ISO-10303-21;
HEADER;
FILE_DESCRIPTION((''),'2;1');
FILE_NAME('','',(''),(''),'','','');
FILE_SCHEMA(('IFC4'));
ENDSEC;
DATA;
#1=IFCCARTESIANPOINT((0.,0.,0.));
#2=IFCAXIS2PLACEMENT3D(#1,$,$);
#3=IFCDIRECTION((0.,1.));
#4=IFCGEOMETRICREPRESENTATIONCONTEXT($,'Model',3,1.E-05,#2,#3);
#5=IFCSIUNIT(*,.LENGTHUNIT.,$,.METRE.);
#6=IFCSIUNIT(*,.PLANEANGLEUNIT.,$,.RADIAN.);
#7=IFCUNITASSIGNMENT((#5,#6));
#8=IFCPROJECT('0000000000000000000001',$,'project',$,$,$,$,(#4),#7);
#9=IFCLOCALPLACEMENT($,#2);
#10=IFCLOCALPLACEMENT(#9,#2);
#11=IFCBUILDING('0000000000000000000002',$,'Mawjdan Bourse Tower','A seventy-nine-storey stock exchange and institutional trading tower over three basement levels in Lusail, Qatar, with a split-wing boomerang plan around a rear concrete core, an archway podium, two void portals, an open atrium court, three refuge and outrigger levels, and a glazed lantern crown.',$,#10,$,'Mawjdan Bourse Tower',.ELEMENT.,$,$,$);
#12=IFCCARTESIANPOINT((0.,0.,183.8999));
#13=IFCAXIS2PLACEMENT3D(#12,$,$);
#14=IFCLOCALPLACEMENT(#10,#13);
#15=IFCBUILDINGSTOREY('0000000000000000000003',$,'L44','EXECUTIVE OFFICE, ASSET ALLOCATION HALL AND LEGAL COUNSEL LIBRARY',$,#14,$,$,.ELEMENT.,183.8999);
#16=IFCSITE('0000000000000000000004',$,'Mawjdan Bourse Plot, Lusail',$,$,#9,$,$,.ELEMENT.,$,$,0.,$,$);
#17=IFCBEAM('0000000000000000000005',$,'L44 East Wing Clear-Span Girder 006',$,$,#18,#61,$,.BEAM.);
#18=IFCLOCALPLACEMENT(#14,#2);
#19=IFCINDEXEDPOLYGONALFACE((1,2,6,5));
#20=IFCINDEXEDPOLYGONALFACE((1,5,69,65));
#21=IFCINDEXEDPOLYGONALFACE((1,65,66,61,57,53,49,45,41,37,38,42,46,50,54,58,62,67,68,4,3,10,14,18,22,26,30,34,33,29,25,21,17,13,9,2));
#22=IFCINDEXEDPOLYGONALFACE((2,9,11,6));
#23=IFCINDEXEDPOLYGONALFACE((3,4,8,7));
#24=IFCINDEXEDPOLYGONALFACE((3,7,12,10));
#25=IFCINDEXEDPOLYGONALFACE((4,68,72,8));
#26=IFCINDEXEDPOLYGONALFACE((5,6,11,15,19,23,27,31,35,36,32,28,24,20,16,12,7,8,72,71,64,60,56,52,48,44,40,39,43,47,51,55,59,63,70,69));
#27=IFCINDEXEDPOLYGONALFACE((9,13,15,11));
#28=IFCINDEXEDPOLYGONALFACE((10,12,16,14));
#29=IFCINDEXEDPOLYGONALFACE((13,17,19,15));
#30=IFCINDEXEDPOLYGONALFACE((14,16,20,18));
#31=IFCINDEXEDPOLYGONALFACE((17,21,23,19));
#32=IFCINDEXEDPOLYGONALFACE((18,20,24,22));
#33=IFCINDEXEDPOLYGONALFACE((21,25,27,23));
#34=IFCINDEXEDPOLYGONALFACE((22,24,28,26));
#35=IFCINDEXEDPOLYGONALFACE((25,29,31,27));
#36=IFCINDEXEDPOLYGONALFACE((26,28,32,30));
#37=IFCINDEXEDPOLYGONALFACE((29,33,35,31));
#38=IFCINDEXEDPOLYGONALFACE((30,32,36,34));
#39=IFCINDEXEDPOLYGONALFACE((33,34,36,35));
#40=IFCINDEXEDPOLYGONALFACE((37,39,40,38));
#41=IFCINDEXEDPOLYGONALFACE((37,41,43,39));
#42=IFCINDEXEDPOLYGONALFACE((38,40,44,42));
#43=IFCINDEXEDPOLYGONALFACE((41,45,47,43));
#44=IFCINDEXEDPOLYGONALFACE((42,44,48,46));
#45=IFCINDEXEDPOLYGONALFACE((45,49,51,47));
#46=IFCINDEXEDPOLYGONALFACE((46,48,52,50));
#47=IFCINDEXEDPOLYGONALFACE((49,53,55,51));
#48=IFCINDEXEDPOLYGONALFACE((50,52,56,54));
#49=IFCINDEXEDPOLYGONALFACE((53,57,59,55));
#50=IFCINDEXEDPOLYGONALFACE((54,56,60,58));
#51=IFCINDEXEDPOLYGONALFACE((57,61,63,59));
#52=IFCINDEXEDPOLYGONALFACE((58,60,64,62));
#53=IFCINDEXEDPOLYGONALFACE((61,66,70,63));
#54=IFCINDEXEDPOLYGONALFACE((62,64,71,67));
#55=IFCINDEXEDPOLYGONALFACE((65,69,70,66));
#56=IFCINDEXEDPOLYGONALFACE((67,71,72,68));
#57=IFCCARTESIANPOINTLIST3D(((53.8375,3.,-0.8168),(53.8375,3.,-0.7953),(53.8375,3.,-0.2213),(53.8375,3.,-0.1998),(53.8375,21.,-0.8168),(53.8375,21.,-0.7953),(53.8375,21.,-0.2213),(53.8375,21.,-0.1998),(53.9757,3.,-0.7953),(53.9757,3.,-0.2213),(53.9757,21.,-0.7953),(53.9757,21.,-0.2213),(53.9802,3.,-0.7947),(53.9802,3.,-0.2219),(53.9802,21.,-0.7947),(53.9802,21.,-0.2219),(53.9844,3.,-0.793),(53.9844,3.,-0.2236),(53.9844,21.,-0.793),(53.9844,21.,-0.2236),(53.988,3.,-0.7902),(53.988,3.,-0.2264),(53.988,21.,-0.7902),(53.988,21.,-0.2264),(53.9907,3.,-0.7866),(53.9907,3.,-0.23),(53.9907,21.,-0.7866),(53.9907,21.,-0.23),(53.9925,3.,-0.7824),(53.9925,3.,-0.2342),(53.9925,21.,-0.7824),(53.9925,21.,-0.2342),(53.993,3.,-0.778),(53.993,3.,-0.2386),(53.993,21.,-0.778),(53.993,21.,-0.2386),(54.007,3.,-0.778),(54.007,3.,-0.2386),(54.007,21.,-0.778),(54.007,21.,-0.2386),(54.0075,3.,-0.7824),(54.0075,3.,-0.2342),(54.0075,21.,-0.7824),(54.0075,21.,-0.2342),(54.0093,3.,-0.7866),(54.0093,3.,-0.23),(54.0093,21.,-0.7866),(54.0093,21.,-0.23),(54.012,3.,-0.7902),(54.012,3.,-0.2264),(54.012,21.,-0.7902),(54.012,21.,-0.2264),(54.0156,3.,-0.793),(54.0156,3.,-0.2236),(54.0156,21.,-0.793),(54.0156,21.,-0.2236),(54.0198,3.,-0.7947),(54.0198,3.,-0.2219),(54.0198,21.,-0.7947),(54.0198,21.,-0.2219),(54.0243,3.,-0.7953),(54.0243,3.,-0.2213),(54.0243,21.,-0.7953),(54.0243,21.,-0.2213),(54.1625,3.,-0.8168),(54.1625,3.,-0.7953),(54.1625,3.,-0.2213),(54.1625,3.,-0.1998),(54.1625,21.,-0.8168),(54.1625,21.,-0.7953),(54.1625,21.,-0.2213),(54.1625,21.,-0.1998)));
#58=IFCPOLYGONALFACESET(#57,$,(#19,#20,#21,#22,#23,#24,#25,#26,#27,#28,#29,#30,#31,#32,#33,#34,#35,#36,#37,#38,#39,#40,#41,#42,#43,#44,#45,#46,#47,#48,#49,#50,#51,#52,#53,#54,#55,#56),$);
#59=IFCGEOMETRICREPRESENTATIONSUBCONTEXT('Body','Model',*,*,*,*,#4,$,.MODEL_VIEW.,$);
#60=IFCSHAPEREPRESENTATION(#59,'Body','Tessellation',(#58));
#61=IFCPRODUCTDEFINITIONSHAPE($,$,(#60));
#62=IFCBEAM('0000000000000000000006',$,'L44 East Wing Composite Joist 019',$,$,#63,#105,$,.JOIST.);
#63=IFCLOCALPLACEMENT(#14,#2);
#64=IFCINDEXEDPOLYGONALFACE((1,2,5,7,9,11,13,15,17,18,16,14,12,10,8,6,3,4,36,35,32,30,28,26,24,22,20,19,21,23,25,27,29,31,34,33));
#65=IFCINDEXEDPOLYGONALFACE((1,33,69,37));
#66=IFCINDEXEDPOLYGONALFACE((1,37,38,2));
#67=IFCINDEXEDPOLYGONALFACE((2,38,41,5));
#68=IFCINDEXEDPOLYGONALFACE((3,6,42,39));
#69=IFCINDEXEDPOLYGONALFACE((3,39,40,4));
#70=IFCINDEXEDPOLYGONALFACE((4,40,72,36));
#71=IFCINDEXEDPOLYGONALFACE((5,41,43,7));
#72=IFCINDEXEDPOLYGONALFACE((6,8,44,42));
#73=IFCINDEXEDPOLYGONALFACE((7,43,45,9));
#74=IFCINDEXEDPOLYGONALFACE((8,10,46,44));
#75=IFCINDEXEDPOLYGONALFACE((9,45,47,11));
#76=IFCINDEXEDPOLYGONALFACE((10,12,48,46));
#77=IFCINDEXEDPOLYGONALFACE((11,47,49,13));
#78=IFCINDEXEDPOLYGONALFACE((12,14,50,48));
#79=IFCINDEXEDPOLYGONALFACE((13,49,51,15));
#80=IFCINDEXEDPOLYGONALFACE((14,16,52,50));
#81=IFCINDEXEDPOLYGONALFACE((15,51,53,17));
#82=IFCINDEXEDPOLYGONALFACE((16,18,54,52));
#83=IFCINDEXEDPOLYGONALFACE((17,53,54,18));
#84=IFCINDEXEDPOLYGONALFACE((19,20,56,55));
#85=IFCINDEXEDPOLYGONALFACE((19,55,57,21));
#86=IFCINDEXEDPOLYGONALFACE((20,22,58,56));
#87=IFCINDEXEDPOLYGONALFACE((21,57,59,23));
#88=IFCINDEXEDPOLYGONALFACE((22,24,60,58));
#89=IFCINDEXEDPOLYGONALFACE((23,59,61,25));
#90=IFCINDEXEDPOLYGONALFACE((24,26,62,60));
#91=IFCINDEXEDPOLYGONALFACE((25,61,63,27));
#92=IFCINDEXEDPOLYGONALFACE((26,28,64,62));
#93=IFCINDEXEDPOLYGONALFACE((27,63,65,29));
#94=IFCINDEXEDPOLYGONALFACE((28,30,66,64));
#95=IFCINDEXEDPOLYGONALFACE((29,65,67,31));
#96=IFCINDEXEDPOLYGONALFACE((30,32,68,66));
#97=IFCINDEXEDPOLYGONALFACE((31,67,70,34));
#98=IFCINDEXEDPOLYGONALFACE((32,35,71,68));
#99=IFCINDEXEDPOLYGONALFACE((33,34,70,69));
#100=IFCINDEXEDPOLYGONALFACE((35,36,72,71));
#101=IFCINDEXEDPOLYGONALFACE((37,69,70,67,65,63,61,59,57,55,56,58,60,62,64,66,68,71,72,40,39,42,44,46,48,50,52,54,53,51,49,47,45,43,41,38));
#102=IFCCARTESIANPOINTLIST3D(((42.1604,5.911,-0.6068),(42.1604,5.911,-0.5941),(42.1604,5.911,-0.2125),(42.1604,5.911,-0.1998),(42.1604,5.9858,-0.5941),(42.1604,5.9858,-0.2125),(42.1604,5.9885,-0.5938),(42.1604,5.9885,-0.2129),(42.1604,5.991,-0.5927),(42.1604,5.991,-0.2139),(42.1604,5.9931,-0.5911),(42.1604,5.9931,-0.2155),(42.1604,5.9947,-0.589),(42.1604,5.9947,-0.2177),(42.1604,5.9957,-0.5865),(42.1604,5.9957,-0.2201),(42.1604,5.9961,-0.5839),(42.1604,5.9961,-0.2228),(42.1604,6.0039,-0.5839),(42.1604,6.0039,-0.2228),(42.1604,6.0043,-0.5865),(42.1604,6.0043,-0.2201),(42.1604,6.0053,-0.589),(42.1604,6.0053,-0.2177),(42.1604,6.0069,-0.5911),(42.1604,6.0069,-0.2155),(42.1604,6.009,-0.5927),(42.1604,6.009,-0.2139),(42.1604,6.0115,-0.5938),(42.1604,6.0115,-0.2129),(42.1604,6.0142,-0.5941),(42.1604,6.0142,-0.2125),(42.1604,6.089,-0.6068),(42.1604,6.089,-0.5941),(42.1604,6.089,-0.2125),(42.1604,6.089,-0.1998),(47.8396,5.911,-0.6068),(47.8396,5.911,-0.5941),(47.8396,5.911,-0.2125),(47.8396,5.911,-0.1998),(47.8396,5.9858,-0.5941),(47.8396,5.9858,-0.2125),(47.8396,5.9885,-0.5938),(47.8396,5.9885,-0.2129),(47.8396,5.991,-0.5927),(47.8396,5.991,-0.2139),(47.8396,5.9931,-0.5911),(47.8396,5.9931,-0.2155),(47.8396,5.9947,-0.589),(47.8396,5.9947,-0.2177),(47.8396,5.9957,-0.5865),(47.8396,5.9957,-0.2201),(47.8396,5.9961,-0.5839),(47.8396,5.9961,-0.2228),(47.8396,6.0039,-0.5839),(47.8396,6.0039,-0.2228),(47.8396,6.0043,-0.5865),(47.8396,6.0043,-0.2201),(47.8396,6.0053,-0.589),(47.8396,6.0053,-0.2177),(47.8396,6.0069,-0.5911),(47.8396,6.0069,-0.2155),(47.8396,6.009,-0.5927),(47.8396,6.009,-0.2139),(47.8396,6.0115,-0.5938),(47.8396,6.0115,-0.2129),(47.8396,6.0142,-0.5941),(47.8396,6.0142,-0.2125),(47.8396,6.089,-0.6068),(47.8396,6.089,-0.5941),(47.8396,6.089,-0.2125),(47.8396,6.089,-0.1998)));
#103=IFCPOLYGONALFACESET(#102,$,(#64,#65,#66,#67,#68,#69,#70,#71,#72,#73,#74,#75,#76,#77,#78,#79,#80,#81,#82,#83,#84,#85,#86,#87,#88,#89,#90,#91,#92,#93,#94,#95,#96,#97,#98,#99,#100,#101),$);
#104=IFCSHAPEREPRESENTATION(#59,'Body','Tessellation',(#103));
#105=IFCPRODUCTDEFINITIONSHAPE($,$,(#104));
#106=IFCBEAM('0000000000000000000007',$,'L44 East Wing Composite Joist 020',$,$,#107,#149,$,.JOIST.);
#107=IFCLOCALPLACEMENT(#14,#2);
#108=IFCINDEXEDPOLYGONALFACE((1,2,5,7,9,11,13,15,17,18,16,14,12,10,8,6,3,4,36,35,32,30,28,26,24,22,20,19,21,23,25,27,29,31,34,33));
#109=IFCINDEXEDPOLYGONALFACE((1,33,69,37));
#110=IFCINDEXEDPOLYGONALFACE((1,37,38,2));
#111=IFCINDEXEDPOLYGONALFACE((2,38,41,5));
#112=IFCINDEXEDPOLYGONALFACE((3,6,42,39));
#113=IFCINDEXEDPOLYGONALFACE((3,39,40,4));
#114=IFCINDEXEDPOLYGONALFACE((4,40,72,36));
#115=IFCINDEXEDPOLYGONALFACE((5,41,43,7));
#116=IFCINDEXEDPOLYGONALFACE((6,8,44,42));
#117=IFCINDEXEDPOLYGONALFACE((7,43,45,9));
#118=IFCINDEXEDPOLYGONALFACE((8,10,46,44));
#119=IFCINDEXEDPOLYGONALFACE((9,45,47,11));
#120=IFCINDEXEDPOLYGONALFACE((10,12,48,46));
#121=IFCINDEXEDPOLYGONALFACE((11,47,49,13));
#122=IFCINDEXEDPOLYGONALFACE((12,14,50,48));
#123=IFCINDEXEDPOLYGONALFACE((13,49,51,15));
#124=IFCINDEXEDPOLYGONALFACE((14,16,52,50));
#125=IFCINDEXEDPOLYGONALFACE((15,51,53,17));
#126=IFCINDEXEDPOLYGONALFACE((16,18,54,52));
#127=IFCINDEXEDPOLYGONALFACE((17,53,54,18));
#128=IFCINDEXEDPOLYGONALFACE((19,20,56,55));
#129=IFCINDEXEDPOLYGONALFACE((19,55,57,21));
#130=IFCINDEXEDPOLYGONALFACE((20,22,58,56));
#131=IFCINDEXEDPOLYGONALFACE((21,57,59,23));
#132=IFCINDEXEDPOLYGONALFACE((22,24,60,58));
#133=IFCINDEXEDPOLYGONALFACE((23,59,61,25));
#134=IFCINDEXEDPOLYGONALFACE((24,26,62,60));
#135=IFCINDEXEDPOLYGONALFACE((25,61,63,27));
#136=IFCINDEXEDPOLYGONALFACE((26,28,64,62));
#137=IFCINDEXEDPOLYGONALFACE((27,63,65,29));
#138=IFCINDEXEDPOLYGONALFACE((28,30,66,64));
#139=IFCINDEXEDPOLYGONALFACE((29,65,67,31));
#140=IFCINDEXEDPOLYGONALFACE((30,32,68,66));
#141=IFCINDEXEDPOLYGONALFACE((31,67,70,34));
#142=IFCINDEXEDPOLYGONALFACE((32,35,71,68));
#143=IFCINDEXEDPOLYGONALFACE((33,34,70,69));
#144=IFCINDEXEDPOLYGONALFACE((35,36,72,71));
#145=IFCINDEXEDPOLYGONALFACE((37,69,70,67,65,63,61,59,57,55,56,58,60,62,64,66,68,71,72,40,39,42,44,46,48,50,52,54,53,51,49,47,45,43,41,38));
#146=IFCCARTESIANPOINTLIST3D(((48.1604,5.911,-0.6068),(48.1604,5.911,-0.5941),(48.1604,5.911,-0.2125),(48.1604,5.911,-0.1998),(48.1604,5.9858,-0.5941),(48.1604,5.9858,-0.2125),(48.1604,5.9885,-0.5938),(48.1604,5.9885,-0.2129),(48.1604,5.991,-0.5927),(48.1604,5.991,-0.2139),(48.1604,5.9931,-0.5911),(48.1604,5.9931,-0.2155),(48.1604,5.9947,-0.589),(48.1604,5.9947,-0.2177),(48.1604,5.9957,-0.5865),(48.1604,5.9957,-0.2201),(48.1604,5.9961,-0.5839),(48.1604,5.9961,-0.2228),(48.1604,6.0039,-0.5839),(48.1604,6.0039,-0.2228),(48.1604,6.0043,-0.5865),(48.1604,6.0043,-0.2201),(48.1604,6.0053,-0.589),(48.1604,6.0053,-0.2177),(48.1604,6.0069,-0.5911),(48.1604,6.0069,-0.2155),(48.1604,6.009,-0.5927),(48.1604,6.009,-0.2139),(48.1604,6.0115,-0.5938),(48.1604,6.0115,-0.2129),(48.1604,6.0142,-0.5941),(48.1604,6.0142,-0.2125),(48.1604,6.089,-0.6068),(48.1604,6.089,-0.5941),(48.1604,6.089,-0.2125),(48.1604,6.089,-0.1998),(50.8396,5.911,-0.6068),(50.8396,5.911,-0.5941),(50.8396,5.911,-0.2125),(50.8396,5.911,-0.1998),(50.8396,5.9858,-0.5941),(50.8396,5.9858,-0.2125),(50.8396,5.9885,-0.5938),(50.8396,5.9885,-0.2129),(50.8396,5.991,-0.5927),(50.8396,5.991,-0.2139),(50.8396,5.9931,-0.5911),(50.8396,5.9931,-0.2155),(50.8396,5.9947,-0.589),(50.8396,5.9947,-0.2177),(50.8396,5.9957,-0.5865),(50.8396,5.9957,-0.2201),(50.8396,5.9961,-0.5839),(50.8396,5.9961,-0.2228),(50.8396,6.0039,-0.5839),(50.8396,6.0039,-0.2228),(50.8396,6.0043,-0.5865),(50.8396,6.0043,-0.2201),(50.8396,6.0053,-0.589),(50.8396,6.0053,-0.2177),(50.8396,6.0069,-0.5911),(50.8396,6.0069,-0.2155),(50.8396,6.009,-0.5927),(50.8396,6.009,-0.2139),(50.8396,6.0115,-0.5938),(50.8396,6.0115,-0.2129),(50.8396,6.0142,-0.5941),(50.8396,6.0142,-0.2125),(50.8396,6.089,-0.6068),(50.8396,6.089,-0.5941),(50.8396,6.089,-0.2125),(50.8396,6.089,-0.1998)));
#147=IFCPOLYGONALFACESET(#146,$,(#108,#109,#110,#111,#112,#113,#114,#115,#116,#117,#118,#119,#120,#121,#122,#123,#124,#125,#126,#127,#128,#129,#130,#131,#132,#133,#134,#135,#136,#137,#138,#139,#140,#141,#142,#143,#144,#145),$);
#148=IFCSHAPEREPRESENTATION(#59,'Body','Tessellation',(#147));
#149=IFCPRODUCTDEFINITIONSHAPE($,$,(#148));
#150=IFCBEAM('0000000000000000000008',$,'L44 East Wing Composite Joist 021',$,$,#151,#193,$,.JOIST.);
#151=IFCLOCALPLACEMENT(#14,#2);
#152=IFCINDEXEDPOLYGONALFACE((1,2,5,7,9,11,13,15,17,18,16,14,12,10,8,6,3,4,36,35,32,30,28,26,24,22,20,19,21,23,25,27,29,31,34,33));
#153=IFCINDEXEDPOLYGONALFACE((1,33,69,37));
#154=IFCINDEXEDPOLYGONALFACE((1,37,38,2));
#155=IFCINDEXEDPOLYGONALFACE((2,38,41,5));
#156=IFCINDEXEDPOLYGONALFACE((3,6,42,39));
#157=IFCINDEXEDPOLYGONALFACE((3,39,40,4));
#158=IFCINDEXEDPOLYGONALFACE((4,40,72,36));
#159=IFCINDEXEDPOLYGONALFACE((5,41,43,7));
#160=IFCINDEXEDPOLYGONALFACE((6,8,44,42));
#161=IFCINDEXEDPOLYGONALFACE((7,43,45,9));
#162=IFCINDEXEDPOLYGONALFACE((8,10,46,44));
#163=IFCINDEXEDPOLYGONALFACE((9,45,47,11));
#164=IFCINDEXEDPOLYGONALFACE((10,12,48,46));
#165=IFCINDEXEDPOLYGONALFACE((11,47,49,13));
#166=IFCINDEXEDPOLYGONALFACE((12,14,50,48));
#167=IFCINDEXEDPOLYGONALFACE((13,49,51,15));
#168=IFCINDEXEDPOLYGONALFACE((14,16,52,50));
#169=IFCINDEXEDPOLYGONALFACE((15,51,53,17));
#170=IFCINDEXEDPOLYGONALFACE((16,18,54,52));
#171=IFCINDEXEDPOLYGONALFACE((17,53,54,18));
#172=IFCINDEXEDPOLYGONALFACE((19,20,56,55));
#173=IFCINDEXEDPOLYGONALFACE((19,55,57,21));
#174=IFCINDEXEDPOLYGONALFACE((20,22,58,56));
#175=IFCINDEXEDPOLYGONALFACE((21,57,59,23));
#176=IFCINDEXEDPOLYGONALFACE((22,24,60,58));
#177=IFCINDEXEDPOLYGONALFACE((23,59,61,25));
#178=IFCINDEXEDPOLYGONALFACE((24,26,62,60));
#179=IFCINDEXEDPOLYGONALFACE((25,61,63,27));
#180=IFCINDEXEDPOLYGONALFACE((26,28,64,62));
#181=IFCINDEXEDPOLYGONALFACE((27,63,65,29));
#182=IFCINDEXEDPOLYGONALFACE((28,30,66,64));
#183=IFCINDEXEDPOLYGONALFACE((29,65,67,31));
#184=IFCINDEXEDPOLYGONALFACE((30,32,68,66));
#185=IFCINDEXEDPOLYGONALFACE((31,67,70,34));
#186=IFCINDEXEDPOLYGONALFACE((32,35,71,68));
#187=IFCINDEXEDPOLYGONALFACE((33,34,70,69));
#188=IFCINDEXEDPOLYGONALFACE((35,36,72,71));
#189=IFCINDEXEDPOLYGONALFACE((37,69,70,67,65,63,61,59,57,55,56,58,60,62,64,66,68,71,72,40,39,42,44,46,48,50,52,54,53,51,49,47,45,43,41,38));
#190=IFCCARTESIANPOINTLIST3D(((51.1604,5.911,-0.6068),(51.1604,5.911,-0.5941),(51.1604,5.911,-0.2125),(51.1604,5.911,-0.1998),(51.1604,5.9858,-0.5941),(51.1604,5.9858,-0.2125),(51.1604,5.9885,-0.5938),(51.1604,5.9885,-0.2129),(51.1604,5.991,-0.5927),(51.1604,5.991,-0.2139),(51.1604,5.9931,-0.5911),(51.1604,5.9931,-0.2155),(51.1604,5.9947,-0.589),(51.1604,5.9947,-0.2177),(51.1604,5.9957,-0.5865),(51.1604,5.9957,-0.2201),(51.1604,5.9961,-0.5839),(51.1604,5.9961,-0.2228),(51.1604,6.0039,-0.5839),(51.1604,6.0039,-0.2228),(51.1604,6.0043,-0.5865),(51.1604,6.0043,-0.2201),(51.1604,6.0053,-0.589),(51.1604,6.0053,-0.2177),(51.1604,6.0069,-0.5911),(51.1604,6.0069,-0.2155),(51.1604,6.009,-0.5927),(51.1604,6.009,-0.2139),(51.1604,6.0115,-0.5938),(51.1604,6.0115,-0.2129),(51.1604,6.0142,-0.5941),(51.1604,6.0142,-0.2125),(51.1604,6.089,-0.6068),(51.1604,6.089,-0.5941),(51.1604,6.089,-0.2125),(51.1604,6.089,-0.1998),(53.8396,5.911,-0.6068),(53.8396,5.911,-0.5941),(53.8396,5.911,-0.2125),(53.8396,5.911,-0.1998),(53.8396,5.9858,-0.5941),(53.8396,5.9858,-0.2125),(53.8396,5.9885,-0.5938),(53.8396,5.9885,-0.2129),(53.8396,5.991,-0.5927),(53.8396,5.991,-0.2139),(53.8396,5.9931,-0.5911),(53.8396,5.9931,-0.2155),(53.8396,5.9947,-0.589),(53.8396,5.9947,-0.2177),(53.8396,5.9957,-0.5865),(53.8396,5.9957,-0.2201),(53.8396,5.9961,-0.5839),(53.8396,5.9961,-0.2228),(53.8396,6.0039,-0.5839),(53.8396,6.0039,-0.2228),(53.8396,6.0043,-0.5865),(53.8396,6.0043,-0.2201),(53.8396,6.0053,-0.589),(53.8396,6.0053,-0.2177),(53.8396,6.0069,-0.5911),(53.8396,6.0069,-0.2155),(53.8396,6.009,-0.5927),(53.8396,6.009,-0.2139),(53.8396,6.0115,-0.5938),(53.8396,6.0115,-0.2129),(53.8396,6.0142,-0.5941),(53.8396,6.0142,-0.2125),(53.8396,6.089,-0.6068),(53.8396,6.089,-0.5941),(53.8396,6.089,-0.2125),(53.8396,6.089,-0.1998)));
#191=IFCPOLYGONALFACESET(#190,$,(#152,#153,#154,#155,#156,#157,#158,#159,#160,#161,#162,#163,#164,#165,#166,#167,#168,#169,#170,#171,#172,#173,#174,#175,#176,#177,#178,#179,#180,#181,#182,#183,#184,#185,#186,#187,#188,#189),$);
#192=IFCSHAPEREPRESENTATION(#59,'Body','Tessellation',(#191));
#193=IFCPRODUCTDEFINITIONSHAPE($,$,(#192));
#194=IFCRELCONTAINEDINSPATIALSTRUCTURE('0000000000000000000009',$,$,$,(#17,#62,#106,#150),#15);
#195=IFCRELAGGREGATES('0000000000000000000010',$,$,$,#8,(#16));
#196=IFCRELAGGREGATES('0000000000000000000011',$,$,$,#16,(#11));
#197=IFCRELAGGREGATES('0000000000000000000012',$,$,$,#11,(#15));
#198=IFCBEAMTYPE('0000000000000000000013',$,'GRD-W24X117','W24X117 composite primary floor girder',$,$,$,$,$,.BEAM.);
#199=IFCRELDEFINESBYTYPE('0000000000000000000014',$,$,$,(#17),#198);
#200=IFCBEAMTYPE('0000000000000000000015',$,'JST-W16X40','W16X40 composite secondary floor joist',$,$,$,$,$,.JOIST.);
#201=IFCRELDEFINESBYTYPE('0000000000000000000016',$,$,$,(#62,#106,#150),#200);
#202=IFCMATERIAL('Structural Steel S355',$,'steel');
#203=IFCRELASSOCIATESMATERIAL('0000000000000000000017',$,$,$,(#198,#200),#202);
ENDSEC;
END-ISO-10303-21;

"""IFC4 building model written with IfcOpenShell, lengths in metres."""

from ifc_helpers import new_model, si_unit, direction, frame, origin, origin_2d, place, context, subcontext, project, spatial, i_section, extrude, material, material_profile, profile_set, type_object, element, save


model = new_model("IFC4")

# Units and contexts
model_context = context("Model", 3, precision=1e-05, world=origin(), true_north=direction((0.0, 1.0)))
body_context = subcontext(model_context, "Body", "Model", "MODEL_VIEW")
ifc_project = project(units=[si_unit("LENGTHUNIT", "METRE"), si_unit("PLANEANGLEUNIT", "RADIAN")], contexts=[model_context])

# Site, building, storey
site_placement = place(None, origin())
site = spatial("IfcSite", under=ifc_project, at=site_placement, Name="Mawjdan Bourse Plot, Lusail", CompositionType="ELEMENT", RefElevation=0.0)
building_placement = place(site_placement, origin())
building = spatial("IfcBuilding", under=site, at=building_placement, Name="Mawjdan Bourse Tower", Description="A seventy-nine-storey stock exchange and institutional trading tower over three basement levels in Lusail, Qatar, with a split-wing boomerang plan around a rear concrete core, an archway podium, two void portals, an open atrium court, three refuge and outrigger levels, and a glazed lantern crown.", LongName="Mawjdan Bourse Tower", CompositionType="ELEMENT")
storey_placement = place(building_placement, frame((0.0, 0.0, 183.8999)))
storey = spatial("IfcBuildingStorey", under=building, at=storey_placement, Name="L44", Description="EXECUTIVE OFFICE, ASSET ALLOCATION HALL AND LEGAL COUNSEL LIBRARY", CompositionType="ELEMENT", Elevation=183.8999)

# Beams
ifc_material_1 = material(Name="Structural Steel S355", Category="steel")
ifc_material_profile_1 = material_profile(ifc_material_1, i_section(OverallWidth=0.325, OverallDepth=0.6169, WebThickness=0.0139, FlangeThickness=0.0215, FilletRadius=0.0173, at=origin_2d()), Name="W24X117")
ifc_profile_set_1 = profile_set([ifc_material_profile_1], Name="Structural Steel S355")
beam_type_1 = type_object("IfcBeamType", Name="GRD-W24X117", Description="W24X117 composite primary floor girder", PredefinedType="BEAM", material=ifc_profile_set_1)
for number, where, z_axis, x_axis, name in (
    (1, (54.0, 3.0, -0.5083), (0.0, 1.0, 0.0), (-1.0, 0.0, 0.0), "L44 East Wing Clear-Span Girder 006"),
):
    element("IfcBeam", number, at=place(storey_placement, frame(where, z_axis=z_axis, x_axis=x_axis)), inside=storey, type_object=beam_type_1, Name=name, PredefinedType="BEAM", context=body_context, shape_type="SweptSolid", body=[
        extrude(i_section(OverallWidth=0.325, OverallDepth=0.6169, WebThickness=0.0139, FlangeThickness=0.0215, FilletRadius=0.0173, at=origin_2d()), origin(), (0.0, 0.0, 1.0), 18.0),
    ])
ifc_material_profile_2 = material_profile(ifc_material_1, i_section(OverallWidth=0.178, OverallDepth=0.407, WebThickness=0.0078, FlangeThickness=0.0127, FilletRadius=0.0103, at=origin_2d()), Name="W16X40")
ifc_profile_set_2 = profile_set([ifc_material_profile_2], Name="Structural Steel S355")
beam_type_2 = type_object("IfcBeamType", Name="JST-W16X40", Description="W16X40 composite secondary floor joist", PredefinedType="JOIST", material=ifc_profile_set_2)
beam_1_placement = place(storey_placement, frame((42.1604, 6.0, -0.4033), z_axis=(1.0, 0.0, 0.0), x_axis=(0.0, 1.0, 0.0)))
element("IfcBeam", 2, at=beam_1_placement, inside=storey, type_object=beam_type_2, Name="L44 East Wing Composite Joist 019", PredefinedType="JOIST", context=body_context, shape_type="SweptSolid", body=[
    extrude(i_section(OverallWidth=0.178, OverallDepth=0.407, WebThickness=0.0078, FlangeThickness=0.0127, FilletRadius=0.0103, at=origin_2d()), origin(), (0.0, 0.0, 1.0), 5.6792),
])
for number, where, z_axis, x_axis, name in (
    (3, (48.1604, 6.0, -0.4033), (1.0, 0.0, 0.0), (0.0, 1.0, 0.0), "L44 East Wing Composite Joist 020"),
    (4, (51.1604, 6.0, -0.4033), (1.0, 0.0, 0.0), (0.0, 1.0, 0.0), "L44 East Wing Composite Joist 021"),
):
    element("IfcBeam", number, at=place(storey_placement, frame(where, z_axis=z_axis, x_axis=x_axis)), inside=storey, type_object=beam_type_2, Name=name, PredefinedType="JOIST", context=body_context, shape_type="SweptSolid", body=[
        extrude(i_section(OverallWidth=0.178, OverallDepth=0.407, WebThickness=0.0078, FlangeThickness=0.0127, FilletRadius=0.0103, at=origin_2d()), origin(), (0.0, 0.0, 1.0), 2.6792),
    ])

save(model, "model.ifc")
